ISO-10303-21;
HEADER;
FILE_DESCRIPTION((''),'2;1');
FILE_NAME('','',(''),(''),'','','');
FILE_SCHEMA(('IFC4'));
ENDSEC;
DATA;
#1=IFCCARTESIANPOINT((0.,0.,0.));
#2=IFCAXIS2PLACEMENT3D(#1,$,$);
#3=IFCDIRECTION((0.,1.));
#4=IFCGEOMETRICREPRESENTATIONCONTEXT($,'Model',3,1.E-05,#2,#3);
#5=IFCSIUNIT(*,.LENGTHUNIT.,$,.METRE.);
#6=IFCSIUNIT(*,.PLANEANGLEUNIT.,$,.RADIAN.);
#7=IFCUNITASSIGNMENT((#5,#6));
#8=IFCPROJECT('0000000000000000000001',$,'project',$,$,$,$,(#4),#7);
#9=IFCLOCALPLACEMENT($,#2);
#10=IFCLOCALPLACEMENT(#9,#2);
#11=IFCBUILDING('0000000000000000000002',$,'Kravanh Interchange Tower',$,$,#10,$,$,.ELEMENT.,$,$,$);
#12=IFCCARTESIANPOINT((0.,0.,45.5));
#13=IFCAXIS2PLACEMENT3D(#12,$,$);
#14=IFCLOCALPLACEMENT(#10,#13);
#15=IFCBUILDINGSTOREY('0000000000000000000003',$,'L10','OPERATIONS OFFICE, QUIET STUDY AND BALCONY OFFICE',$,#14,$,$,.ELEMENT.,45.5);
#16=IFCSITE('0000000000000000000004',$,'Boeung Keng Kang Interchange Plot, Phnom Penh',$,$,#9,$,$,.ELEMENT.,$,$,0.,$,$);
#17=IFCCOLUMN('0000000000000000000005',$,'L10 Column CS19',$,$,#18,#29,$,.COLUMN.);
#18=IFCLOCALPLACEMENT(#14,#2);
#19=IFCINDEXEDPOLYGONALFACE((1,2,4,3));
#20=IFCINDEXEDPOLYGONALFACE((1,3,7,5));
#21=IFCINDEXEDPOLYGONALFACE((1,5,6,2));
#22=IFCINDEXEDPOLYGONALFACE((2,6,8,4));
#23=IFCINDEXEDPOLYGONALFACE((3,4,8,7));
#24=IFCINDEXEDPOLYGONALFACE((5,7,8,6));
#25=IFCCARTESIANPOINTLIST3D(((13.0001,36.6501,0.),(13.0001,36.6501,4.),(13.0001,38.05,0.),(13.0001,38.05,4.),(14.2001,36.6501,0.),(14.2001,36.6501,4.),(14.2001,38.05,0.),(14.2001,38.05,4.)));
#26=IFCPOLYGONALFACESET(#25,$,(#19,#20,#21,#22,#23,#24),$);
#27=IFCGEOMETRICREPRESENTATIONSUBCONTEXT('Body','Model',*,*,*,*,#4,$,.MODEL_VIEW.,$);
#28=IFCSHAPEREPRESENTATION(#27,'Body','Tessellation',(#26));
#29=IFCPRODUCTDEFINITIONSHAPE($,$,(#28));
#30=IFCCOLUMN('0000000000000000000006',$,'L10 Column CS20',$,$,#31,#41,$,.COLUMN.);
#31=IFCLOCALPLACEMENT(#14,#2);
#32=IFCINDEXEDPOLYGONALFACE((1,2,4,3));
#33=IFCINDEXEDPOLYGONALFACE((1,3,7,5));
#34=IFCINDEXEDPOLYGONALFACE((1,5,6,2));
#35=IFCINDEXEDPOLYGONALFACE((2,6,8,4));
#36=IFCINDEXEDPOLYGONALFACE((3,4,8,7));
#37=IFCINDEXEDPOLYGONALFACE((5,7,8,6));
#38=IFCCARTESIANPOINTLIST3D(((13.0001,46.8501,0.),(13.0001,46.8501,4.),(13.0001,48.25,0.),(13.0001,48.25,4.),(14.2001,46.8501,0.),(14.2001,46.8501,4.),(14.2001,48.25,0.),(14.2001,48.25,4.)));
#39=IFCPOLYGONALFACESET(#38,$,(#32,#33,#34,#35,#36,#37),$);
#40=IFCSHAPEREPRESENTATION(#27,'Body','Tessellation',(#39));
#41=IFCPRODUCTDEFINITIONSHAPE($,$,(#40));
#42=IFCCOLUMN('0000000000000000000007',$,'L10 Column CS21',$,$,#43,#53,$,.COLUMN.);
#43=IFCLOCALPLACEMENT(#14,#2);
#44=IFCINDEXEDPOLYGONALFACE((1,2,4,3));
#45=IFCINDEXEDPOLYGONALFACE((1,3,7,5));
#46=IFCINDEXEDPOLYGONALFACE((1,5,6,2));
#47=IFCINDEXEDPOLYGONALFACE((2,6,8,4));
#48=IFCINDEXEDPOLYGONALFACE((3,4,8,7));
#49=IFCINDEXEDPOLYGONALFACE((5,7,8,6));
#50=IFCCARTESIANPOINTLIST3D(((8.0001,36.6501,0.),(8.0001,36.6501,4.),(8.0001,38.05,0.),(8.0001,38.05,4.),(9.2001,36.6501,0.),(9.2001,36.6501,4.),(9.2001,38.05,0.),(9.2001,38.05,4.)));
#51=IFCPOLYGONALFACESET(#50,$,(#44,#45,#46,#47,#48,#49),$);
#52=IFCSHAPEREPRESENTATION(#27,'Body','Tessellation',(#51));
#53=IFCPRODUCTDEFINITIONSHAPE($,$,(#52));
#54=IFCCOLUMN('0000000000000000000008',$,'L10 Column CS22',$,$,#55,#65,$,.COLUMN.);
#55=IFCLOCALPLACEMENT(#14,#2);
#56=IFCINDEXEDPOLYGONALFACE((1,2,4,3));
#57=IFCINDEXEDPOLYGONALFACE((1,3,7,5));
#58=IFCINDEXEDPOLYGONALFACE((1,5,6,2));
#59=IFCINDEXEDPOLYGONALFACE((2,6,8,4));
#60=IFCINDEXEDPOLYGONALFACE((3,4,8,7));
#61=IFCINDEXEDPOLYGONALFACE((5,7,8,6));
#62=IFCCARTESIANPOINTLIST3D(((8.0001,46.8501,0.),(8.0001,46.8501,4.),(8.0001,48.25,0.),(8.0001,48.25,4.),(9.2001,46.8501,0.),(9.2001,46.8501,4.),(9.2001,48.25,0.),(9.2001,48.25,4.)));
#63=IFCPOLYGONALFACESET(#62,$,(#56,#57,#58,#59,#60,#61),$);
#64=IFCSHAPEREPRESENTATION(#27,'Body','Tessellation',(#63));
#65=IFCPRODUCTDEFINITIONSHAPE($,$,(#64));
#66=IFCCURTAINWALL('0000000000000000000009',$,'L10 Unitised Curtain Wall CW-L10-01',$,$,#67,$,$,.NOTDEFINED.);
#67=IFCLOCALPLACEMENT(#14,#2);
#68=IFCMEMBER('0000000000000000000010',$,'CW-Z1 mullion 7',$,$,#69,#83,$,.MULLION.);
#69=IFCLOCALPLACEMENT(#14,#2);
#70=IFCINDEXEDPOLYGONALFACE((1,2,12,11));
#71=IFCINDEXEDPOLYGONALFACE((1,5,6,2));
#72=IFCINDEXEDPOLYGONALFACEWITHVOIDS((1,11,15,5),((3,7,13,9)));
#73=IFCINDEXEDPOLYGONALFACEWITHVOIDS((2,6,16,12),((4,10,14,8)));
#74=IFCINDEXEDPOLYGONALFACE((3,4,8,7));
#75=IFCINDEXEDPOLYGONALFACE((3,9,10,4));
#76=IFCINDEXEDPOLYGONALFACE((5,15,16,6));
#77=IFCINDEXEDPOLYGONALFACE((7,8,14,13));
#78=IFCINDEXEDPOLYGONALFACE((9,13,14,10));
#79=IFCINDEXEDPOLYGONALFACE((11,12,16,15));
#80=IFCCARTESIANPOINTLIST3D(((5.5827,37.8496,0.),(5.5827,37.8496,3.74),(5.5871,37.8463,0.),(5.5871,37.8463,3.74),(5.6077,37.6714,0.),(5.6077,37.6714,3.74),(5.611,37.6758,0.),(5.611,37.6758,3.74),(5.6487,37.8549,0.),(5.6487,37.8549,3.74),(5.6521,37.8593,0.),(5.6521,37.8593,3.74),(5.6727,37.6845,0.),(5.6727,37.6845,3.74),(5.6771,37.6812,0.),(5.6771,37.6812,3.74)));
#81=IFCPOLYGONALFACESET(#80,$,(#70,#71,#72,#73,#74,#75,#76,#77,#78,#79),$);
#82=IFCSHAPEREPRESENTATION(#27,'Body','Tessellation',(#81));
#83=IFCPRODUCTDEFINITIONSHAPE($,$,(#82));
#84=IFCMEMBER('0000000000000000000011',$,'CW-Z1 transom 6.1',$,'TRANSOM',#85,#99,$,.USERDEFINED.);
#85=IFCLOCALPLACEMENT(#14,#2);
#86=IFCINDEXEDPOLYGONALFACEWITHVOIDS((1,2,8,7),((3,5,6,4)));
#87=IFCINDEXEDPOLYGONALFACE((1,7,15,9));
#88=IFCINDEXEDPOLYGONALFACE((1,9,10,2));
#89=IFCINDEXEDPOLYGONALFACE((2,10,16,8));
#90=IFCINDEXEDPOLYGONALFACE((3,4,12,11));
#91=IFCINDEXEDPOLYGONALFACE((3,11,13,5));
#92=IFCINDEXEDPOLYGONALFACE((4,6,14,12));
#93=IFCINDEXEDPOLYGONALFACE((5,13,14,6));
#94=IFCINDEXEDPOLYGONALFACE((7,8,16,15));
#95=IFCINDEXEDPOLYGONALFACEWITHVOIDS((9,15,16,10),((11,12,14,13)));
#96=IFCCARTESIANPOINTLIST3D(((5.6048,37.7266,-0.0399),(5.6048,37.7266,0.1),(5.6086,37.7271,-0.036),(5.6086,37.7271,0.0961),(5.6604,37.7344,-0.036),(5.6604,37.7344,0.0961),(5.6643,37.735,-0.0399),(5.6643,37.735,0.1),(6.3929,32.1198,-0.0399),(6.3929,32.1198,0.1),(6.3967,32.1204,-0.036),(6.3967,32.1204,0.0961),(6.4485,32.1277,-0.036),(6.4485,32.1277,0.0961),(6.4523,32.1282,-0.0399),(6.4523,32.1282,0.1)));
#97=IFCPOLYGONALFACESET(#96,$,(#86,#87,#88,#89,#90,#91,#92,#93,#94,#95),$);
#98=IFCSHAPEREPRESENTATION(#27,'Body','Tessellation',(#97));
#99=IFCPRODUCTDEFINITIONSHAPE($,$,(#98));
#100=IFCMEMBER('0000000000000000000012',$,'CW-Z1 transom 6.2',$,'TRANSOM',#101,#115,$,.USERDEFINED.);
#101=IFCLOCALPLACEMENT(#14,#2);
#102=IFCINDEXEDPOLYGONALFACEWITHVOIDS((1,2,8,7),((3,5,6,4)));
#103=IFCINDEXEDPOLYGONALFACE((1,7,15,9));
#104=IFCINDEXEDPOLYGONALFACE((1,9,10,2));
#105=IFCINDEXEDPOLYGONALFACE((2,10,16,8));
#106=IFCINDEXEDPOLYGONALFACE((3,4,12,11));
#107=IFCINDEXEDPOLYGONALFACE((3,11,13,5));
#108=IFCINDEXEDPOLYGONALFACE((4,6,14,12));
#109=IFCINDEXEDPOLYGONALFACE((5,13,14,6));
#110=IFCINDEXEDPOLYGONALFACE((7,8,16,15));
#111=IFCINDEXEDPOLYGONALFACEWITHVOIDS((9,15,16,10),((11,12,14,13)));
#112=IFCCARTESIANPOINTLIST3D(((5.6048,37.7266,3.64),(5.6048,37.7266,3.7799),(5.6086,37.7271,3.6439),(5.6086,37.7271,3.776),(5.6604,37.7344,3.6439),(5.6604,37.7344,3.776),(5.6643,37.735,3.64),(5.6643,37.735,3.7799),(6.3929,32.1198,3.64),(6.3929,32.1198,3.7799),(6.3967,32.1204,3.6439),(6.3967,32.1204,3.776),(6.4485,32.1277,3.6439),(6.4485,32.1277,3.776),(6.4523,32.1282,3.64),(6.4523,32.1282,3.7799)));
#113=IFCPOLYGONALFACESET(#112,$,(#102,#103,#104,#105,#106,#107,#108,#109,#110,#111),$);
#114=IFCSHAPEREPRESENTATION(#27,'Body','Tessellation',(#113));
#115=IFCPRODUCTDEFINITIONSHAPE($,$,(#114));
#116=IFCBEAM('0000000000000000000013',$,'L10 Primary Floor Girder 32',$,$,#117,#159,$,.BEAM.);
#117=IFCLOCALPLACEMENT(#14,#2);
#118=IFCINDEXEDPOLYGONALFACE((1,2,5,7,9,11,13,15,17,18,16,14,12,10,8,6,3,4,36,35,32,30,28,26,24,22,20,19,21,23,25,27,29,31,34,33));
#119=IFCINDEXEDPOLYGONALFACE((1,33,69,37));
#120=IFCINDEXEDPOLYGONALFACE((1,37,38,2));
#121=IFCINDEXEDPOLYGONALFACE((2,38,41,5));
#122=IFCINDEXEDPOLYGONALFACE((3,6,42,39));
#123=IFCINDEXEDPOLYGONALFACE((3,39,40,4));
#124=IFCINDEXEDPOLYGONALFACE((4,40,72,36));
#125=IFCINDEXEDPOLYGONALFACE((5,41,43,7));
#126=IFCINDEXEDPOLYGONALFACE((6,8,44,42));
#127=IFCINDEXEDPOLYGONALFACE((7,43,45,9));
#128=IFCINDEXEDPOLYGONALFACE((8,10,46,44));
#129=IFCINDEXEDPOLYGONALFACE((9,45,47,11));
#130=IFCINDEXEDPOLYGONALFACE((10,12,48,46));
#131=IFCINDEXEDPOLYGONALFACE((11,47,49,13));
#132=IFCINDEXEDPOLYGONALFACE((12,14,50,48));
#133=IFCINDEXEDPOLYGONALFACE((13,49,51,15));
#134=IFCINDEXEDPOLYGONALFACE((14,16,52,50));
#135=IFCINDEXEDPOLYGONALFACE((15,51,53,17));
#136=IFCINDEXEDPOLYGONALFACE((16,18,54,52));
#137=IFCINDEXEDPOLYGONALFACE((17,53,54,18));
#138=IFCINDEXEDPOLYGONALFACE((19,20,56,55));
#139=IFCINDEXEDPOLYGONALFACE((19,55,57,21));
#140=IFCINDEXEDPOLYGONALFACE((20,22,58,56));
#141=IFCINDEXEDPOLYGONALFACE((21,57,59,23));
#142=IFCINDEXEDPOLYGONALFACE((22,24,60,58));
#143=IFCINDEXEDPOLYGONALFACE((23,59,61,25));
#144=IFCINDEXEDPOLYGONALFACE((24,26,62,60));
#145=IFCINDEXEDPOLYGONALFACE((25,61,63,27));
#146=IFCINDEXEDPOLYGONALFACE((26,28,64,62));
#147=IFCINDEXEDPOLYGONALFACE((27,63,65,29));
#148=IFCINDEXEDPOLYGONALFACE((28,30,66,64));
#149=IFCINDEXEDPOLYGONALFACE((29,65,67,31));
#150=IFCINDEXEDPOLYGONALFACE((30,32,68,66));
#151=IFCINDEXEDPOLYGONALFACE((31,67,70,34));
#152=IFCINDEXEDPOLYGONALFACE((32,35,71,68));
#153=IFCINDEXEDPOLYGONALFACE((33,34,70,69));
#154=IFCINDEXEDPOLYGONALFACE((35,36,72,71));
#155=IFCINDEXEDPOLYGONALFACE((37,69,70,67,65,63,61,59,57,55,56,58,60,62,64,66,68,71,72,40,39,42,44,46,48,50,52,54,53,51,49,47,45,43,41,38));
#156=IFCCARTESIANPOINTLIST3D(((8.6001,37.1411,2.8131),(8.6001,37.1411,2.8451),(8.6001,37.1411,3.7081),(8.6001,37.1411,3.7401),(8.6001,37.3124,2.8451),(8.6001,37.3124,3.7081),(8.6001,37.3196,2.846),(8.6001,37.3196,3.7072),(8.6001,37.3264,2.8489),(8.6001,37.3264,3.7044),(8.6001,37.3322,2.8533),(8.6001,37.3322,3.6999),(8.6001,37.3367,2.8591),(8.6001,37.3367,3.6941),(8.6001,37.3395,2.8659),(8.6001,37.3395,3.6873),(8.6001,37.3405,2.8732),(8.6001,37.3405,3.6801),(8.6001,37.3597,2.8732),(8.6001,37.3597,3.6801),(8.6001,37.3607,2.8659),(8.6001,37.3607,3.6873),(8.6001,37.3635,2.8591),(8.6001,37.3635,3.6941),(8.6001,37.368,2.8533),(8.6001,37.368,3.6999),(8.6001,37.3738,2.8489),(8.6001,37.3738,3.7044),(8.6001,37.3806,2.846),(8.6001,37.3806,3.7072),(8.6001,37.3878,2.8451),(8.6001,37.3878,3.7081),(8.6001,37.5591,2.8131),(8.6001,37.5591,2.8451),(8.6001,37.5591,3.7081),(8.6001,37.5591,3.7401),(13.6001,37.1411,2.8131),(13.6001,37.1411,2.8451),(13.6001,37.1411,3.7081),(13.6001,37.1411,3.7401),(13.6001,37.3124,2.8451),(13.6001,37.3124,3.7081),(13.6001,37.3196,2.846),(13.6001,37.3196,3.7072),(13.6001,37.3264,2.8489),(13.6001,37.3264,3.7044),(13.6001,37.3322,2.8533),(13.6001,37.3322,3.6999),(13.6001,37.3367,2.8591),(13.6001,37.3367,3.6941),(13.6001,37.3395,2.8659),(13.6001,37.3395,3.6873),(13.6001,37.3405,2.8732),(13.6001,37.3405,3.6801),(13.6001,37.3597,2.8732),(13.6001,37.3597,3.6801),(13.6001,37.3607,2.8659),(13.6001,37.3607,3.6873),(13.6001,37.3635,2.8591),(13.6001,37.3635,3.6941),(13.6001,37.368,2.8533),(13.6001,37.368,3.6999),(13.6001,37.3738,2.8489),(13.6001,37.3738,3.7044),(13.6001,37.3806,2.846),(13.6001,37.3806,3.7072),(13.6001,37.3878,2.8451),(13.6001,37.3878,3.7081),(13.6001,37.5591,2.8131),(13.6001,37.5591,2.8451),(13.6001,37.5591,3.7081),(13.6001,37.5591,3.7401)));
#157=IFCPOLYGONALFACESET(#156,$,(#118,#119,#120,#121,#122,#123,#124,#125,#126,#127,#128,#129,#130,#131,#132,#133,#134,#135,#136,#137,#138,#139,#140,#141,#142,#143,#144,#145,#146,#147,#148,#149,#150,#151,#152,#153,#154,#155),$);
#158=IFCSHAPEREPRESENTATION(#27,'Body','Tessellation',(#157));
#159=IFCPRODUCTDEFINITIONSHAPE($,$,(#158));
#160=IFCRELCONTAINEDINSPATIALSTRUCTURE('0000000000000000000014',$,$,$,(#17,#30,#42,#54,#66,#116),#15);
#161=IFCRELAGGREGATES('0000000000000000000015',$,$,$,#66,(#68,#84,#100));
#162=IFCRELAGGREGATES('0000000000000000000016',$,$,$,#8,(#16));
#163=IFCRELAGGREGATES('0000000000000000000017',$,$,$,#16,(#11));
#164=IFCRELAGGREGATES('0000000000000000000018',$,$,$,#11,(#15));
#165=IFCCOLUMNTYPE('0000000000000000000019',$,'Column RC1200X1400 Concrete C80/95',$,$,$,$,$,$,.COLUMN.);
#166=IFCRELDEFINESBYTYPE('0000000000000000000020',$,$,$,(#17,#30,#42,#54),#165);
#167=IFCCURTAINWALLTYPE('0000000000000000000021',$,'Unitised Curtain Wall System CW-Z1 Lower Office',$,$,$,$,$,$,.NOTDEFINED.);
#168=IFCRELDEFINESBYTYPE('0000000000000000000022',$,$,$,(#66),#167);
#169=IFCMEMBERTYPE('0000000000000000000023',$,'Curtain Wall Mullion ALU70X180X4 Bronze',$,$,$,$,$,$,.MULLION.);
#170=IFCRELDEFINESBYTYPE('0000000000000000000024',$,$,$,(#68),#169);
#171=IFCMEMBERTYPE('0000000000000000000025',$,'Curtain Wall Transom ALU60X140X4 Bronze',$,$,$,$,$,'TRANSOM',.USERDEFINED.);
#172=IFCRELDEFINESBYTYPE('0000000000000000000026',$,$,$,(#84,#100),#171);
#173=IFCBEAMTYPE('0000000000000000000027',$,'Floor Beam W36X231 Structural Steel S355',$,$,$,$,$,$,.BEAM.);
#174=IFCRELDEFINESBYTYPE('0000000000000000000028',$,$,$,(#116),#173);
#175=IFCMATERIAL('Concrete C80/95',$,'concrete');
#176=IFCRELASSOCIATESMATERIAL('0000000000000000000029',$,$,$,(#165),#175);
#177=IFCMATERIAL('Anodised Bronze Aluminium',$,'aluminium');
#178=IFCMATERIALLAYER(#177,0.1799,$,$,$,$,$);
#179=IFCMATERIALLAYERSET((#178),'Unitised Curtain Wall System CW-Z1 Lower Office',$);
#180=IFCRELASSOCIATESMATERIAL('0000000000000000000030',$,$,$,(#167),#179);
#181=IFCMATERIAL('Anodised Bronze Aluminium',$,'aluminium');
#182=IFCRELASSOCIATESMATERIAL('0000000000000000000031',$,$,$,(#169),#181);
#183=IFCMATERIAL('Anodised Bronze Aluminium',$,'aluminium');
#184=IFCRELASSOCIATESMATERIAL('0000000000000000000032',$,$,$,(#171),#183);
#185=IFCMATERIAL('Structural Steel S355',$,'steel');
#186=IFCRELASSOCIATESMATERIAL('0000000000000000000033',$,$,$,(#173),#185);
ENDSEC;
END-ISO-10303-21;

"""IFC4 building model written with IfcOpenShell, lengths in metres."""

from ifc_helpers import new_model, si_unit, direction, frame, origin, origin_2d, place, context, subcontext, project, spatial, rectangle, hollow_rectangle, i_section, extrude, material, layer, layer_set, material_profile, profile_set, type_object, element, aggregate, save


model = new_model("IFC4")

# Units and contexts
model_context = context("Model", 3, precision=1e-05, world=origin(), true_north=direction((0.0, 1.0)))
body_context = subcontext(model_context, "Body", "Model", "MODEL_VIEW")
ifc_project = project(units=[si_unit("LENGTHUNIT", "METRE"), si_unit("PLANEANGLEUNIT", "RADIAN")], contexts=[model_context])

# Site, building, storey
site_placement = place(None, origin())
site = spatial("IfcSite", under=ifc_project, at=site_placement, Name="Boeung Keng Kang Interchange Plot, Phnom Penh", CompositionType="ELEMENT", RefElevation=0.0)
building_placement = place(site_placement, origin())
building = spatial("IfcBuilding", under=site, at=building_placement, Name="Kravanh Interchange Tower", CompositionType="ELEMENT")
storey_placement = place(building_placement, frame((0.0, 0.0, 45.5)))
storey = spatial("IfcBuildingStorey", under=building, at=storey_placement, Name="L10", Description="OPERATIONS OFFICE, QUIET STUDY AND BALCONY OFFICE", CompositionType="ELEMENT", Elevation=45.5)

# Columns
ifc_material_1 = material(Name="Concrete C80/95", Category="concrete")
ifc_material_profile_1 = material_profile(ifc_material_1, rectangle(XDim=1.2, YDim=1.3999, at=origin_2d()), Name="RC1200X1400")
ifc_profile_set_1 = profile_set([ifc_material_profile_1], Name="Concrete C80/95")
column_type = type_object("IfcColumnType", Name="Column RC1200X1400 Concrete C80/95", PredefinedType="COLUMN", material=ifc_profile_set_1)
for number, where, z_axis, x_axis, name in (
    (1, (13.6001, 37.3501, 0.0), (0.0, 0.0, 1.0), (1.0, 0.0, 0.0), "L10 Column CS19"),
    (2, (13.6001, 47.55, 0.0), (0.0, 0.0, 1.0), (1.0, 0.0, 0.0), "L10 Column CS20"),
    (3, (8.6001, 37.3501, 0.0), (0.0, 0.0, 1.0), (1.0, 0.0, 0.0), "L10 Column CS21"),
    (4, (8.6001, 47.55, 0.0), (0.0, 0.0, 1.0), (1.0, 0.0, 0.0), "L10 Column CS22"),
):
    element("IfcColumn", number, at=place(storey_placement, frame(where, z_axis=z_axis, x_axis=x_axis)), inside=storey, type_object=column_type, Name=name, PredefinedType="COLUMN", context=body_context, shape_type="SweptSolid", body=[
        extrude(rectangle(XDim=1.2, YDim=1.3999, at=origin_2d()), origin(), (0.0, 0.0, 1.0), 4.0),
    ])

# Curtain wall, members
ifc_material_2 = material(Name="Anodised Bronze Aluminium", Category="aluminium")
ifc_layer_1 = layer(ifc_material_2, 0.1799)
ifc_layer_set_1 = layer_set([ifc_layer_1], Name="Unitised Curtain Wall System CW-Z1 Lower Office")
curtain_wall_type = type_object("IfcCurtainWallType", Name="Unitised Curtain Wall System CW-Z1 Lower Office", PredefinedType="NOTDEFINED", material=ifc_layer_set_1)
curtain_wall_placement = place(storey_placement, origin())
curtain_wall = element("IfcCurtainWall", 5, at=curtain_wall_placement, inside=storey, type_object=curtain_wall_type, Name="L10 Unitised Curtain Wall CW-L10-01", PredefinedType="NOTDEFINED")
ifc_material_3 = material(Name="Anodised Bronze Aluminium", Category="aluminium")
ifc_material_profile_2 = material_profile(ifc_material_3, hollow_rectangle(XDim=0.0701, YDim=0.1799, WallThickness=0.0039, at=origin_2d()), Name="ALU70X180X4")
ifc_profile_set_2 = profile_set([ifc_material_profile_2], Name="Anodised Bronze Aluminium")
member_type_1 = type_object("IfcMemberType", Name="Curtain Wall Mullion ALU70X180X4 Bronze", PredefinedType="MULLION", material=ifc_profile_set_2)
member_1_placement = place(storey_placement, frame((5.6299, 37.7654, 0.0), z_axis=(0.0, 0.0, 1.0), x_axis=(-0.990268, -0.139177, 0.0)))
member_1 = element("IfcMember", 6, at=member_1_placement, type_object=member_type_1, Name="CW-Z1 mullion 7", PredefinedType="MULLION", context=body_context, shape_type="SweptSolid", body=[
    extrude(hollow_rectangle(XDim=0.0701, YDim=0.1799, WallThickness=0.0039, at=origin_2d()), origin(), (0.0, 0.0, 1.0), 3.74),
])
ifc_material_4 = material(Name="Anodised Bronze Aluminium", Category="aluminium")
ifc_material_profile_3 = material_profile(ifc_material_4, hollow_rectangle(XDim=0.0601, YDim=0.1399, WallThickness=0.0039, at=origin_2d()), Name="ALU60X140X4")
ifc_profile_set_3 = profile_set([ifc_material_profile_3], Name="Anodised Bronze Aluminium")
member_type_2 = type_object("IfcMemberType", Name="Curtain Wall Transom ALU60X140X4 Bronze", ElementType="TRANSOM", PredefinedType="USERDEFINED", material=ifc_profile_set_3)
member_2_placement = place(storey_placement, frame((6.4226, 32.124, 0.03), z_axis=(-0.139193, 0.990265, 0.0), x_axis=(-0.990265, -0.139193, 0.0)))
member_2 = element("IfcMember", 7, at=member_2_placement, type_object=member_type_2, Name="CW-Z1 transom 6.1", ObjectType="TRANSOM", PredefinedType="USERDEFINED", context=body_context, shape_type="SweptSolid", body=[
    extrude(hollow_rectangle(XDim=0.0601, YDim=0.1399, WallThickness=0.0039, at=origin_2d()), origin(), (0.0, 0.0, 1.0), 5.6619),
])
member_3_placement = place(storey_placement, frame((6.4226, 32.124, 3.71), z_axis=(-0.139193, 0.990265, 0.0), x_axis=(-0.990265, -0.139193, 0.0)))
member_3 = element("IfcMember", 8, at=member_3_placement, type_object=member_type_2, Name="CW-Z1 transom 6.2", ObjectType="TRANSOM", PredefinedType="USERDEFINED", context=body_context, shape_type="SweptSolid", body=[
    extrude(hollow_rectangle(XDim=0.0601, YDim=0.1399, WallThickness=0.0039, at=origin_2d()), origin(), (0.0, 0.0, 1.0), 5.6619),
])

# Beam
ifc_material_5 = material(Name="Structural Steel S355", Category="steel")
ifc_material_profile_4 = material_profile(ifc_material_5, i_section(OverallWidth=0.418, OverallDepth=0.927, WebThickness=0.0193, FlangeThickness=0.032, FilletRadius=0.0281, at=origin_2d()), Name="W36X231")
ifc_profile_set_4 = profile_set([ifc_material_profile_4], Name="Structural Steel S355")
beam_type = type_object("IfcBeamType", Name="Floor Beam W36X231 Structural Steel S355", PredefinedType="BEAM", material=ifc_profile_set_4)
beam_1_placement = place(storey_placement, frame((13.6001, 37.3501, 3.2766), z_axis=(-1.0, 0.0, 0.0), x_axis=(0.0, -1.0, 0.0)))
element("IfcBeam", 9, at=beam_1_placement, inside=storey, type_object=beam_type, Name="L10 Primary Floor Girder 32", PredefinedType="BEAM", context=body_context, shape_type="SweptSolid", body=[
    extrude(i_section(OverallWidth=0.418, OverallDepth=0.927, WebThickness=0.0193, FlangeThickness=0.032, FilletRadius=0.0281, at=origin_2d()), origin(), (0.0, 0.0, 1.0), 5.0),
])

aggregate(curtain_wall, [member_1, member_2, member_3])

save(model, "model.ifc")
